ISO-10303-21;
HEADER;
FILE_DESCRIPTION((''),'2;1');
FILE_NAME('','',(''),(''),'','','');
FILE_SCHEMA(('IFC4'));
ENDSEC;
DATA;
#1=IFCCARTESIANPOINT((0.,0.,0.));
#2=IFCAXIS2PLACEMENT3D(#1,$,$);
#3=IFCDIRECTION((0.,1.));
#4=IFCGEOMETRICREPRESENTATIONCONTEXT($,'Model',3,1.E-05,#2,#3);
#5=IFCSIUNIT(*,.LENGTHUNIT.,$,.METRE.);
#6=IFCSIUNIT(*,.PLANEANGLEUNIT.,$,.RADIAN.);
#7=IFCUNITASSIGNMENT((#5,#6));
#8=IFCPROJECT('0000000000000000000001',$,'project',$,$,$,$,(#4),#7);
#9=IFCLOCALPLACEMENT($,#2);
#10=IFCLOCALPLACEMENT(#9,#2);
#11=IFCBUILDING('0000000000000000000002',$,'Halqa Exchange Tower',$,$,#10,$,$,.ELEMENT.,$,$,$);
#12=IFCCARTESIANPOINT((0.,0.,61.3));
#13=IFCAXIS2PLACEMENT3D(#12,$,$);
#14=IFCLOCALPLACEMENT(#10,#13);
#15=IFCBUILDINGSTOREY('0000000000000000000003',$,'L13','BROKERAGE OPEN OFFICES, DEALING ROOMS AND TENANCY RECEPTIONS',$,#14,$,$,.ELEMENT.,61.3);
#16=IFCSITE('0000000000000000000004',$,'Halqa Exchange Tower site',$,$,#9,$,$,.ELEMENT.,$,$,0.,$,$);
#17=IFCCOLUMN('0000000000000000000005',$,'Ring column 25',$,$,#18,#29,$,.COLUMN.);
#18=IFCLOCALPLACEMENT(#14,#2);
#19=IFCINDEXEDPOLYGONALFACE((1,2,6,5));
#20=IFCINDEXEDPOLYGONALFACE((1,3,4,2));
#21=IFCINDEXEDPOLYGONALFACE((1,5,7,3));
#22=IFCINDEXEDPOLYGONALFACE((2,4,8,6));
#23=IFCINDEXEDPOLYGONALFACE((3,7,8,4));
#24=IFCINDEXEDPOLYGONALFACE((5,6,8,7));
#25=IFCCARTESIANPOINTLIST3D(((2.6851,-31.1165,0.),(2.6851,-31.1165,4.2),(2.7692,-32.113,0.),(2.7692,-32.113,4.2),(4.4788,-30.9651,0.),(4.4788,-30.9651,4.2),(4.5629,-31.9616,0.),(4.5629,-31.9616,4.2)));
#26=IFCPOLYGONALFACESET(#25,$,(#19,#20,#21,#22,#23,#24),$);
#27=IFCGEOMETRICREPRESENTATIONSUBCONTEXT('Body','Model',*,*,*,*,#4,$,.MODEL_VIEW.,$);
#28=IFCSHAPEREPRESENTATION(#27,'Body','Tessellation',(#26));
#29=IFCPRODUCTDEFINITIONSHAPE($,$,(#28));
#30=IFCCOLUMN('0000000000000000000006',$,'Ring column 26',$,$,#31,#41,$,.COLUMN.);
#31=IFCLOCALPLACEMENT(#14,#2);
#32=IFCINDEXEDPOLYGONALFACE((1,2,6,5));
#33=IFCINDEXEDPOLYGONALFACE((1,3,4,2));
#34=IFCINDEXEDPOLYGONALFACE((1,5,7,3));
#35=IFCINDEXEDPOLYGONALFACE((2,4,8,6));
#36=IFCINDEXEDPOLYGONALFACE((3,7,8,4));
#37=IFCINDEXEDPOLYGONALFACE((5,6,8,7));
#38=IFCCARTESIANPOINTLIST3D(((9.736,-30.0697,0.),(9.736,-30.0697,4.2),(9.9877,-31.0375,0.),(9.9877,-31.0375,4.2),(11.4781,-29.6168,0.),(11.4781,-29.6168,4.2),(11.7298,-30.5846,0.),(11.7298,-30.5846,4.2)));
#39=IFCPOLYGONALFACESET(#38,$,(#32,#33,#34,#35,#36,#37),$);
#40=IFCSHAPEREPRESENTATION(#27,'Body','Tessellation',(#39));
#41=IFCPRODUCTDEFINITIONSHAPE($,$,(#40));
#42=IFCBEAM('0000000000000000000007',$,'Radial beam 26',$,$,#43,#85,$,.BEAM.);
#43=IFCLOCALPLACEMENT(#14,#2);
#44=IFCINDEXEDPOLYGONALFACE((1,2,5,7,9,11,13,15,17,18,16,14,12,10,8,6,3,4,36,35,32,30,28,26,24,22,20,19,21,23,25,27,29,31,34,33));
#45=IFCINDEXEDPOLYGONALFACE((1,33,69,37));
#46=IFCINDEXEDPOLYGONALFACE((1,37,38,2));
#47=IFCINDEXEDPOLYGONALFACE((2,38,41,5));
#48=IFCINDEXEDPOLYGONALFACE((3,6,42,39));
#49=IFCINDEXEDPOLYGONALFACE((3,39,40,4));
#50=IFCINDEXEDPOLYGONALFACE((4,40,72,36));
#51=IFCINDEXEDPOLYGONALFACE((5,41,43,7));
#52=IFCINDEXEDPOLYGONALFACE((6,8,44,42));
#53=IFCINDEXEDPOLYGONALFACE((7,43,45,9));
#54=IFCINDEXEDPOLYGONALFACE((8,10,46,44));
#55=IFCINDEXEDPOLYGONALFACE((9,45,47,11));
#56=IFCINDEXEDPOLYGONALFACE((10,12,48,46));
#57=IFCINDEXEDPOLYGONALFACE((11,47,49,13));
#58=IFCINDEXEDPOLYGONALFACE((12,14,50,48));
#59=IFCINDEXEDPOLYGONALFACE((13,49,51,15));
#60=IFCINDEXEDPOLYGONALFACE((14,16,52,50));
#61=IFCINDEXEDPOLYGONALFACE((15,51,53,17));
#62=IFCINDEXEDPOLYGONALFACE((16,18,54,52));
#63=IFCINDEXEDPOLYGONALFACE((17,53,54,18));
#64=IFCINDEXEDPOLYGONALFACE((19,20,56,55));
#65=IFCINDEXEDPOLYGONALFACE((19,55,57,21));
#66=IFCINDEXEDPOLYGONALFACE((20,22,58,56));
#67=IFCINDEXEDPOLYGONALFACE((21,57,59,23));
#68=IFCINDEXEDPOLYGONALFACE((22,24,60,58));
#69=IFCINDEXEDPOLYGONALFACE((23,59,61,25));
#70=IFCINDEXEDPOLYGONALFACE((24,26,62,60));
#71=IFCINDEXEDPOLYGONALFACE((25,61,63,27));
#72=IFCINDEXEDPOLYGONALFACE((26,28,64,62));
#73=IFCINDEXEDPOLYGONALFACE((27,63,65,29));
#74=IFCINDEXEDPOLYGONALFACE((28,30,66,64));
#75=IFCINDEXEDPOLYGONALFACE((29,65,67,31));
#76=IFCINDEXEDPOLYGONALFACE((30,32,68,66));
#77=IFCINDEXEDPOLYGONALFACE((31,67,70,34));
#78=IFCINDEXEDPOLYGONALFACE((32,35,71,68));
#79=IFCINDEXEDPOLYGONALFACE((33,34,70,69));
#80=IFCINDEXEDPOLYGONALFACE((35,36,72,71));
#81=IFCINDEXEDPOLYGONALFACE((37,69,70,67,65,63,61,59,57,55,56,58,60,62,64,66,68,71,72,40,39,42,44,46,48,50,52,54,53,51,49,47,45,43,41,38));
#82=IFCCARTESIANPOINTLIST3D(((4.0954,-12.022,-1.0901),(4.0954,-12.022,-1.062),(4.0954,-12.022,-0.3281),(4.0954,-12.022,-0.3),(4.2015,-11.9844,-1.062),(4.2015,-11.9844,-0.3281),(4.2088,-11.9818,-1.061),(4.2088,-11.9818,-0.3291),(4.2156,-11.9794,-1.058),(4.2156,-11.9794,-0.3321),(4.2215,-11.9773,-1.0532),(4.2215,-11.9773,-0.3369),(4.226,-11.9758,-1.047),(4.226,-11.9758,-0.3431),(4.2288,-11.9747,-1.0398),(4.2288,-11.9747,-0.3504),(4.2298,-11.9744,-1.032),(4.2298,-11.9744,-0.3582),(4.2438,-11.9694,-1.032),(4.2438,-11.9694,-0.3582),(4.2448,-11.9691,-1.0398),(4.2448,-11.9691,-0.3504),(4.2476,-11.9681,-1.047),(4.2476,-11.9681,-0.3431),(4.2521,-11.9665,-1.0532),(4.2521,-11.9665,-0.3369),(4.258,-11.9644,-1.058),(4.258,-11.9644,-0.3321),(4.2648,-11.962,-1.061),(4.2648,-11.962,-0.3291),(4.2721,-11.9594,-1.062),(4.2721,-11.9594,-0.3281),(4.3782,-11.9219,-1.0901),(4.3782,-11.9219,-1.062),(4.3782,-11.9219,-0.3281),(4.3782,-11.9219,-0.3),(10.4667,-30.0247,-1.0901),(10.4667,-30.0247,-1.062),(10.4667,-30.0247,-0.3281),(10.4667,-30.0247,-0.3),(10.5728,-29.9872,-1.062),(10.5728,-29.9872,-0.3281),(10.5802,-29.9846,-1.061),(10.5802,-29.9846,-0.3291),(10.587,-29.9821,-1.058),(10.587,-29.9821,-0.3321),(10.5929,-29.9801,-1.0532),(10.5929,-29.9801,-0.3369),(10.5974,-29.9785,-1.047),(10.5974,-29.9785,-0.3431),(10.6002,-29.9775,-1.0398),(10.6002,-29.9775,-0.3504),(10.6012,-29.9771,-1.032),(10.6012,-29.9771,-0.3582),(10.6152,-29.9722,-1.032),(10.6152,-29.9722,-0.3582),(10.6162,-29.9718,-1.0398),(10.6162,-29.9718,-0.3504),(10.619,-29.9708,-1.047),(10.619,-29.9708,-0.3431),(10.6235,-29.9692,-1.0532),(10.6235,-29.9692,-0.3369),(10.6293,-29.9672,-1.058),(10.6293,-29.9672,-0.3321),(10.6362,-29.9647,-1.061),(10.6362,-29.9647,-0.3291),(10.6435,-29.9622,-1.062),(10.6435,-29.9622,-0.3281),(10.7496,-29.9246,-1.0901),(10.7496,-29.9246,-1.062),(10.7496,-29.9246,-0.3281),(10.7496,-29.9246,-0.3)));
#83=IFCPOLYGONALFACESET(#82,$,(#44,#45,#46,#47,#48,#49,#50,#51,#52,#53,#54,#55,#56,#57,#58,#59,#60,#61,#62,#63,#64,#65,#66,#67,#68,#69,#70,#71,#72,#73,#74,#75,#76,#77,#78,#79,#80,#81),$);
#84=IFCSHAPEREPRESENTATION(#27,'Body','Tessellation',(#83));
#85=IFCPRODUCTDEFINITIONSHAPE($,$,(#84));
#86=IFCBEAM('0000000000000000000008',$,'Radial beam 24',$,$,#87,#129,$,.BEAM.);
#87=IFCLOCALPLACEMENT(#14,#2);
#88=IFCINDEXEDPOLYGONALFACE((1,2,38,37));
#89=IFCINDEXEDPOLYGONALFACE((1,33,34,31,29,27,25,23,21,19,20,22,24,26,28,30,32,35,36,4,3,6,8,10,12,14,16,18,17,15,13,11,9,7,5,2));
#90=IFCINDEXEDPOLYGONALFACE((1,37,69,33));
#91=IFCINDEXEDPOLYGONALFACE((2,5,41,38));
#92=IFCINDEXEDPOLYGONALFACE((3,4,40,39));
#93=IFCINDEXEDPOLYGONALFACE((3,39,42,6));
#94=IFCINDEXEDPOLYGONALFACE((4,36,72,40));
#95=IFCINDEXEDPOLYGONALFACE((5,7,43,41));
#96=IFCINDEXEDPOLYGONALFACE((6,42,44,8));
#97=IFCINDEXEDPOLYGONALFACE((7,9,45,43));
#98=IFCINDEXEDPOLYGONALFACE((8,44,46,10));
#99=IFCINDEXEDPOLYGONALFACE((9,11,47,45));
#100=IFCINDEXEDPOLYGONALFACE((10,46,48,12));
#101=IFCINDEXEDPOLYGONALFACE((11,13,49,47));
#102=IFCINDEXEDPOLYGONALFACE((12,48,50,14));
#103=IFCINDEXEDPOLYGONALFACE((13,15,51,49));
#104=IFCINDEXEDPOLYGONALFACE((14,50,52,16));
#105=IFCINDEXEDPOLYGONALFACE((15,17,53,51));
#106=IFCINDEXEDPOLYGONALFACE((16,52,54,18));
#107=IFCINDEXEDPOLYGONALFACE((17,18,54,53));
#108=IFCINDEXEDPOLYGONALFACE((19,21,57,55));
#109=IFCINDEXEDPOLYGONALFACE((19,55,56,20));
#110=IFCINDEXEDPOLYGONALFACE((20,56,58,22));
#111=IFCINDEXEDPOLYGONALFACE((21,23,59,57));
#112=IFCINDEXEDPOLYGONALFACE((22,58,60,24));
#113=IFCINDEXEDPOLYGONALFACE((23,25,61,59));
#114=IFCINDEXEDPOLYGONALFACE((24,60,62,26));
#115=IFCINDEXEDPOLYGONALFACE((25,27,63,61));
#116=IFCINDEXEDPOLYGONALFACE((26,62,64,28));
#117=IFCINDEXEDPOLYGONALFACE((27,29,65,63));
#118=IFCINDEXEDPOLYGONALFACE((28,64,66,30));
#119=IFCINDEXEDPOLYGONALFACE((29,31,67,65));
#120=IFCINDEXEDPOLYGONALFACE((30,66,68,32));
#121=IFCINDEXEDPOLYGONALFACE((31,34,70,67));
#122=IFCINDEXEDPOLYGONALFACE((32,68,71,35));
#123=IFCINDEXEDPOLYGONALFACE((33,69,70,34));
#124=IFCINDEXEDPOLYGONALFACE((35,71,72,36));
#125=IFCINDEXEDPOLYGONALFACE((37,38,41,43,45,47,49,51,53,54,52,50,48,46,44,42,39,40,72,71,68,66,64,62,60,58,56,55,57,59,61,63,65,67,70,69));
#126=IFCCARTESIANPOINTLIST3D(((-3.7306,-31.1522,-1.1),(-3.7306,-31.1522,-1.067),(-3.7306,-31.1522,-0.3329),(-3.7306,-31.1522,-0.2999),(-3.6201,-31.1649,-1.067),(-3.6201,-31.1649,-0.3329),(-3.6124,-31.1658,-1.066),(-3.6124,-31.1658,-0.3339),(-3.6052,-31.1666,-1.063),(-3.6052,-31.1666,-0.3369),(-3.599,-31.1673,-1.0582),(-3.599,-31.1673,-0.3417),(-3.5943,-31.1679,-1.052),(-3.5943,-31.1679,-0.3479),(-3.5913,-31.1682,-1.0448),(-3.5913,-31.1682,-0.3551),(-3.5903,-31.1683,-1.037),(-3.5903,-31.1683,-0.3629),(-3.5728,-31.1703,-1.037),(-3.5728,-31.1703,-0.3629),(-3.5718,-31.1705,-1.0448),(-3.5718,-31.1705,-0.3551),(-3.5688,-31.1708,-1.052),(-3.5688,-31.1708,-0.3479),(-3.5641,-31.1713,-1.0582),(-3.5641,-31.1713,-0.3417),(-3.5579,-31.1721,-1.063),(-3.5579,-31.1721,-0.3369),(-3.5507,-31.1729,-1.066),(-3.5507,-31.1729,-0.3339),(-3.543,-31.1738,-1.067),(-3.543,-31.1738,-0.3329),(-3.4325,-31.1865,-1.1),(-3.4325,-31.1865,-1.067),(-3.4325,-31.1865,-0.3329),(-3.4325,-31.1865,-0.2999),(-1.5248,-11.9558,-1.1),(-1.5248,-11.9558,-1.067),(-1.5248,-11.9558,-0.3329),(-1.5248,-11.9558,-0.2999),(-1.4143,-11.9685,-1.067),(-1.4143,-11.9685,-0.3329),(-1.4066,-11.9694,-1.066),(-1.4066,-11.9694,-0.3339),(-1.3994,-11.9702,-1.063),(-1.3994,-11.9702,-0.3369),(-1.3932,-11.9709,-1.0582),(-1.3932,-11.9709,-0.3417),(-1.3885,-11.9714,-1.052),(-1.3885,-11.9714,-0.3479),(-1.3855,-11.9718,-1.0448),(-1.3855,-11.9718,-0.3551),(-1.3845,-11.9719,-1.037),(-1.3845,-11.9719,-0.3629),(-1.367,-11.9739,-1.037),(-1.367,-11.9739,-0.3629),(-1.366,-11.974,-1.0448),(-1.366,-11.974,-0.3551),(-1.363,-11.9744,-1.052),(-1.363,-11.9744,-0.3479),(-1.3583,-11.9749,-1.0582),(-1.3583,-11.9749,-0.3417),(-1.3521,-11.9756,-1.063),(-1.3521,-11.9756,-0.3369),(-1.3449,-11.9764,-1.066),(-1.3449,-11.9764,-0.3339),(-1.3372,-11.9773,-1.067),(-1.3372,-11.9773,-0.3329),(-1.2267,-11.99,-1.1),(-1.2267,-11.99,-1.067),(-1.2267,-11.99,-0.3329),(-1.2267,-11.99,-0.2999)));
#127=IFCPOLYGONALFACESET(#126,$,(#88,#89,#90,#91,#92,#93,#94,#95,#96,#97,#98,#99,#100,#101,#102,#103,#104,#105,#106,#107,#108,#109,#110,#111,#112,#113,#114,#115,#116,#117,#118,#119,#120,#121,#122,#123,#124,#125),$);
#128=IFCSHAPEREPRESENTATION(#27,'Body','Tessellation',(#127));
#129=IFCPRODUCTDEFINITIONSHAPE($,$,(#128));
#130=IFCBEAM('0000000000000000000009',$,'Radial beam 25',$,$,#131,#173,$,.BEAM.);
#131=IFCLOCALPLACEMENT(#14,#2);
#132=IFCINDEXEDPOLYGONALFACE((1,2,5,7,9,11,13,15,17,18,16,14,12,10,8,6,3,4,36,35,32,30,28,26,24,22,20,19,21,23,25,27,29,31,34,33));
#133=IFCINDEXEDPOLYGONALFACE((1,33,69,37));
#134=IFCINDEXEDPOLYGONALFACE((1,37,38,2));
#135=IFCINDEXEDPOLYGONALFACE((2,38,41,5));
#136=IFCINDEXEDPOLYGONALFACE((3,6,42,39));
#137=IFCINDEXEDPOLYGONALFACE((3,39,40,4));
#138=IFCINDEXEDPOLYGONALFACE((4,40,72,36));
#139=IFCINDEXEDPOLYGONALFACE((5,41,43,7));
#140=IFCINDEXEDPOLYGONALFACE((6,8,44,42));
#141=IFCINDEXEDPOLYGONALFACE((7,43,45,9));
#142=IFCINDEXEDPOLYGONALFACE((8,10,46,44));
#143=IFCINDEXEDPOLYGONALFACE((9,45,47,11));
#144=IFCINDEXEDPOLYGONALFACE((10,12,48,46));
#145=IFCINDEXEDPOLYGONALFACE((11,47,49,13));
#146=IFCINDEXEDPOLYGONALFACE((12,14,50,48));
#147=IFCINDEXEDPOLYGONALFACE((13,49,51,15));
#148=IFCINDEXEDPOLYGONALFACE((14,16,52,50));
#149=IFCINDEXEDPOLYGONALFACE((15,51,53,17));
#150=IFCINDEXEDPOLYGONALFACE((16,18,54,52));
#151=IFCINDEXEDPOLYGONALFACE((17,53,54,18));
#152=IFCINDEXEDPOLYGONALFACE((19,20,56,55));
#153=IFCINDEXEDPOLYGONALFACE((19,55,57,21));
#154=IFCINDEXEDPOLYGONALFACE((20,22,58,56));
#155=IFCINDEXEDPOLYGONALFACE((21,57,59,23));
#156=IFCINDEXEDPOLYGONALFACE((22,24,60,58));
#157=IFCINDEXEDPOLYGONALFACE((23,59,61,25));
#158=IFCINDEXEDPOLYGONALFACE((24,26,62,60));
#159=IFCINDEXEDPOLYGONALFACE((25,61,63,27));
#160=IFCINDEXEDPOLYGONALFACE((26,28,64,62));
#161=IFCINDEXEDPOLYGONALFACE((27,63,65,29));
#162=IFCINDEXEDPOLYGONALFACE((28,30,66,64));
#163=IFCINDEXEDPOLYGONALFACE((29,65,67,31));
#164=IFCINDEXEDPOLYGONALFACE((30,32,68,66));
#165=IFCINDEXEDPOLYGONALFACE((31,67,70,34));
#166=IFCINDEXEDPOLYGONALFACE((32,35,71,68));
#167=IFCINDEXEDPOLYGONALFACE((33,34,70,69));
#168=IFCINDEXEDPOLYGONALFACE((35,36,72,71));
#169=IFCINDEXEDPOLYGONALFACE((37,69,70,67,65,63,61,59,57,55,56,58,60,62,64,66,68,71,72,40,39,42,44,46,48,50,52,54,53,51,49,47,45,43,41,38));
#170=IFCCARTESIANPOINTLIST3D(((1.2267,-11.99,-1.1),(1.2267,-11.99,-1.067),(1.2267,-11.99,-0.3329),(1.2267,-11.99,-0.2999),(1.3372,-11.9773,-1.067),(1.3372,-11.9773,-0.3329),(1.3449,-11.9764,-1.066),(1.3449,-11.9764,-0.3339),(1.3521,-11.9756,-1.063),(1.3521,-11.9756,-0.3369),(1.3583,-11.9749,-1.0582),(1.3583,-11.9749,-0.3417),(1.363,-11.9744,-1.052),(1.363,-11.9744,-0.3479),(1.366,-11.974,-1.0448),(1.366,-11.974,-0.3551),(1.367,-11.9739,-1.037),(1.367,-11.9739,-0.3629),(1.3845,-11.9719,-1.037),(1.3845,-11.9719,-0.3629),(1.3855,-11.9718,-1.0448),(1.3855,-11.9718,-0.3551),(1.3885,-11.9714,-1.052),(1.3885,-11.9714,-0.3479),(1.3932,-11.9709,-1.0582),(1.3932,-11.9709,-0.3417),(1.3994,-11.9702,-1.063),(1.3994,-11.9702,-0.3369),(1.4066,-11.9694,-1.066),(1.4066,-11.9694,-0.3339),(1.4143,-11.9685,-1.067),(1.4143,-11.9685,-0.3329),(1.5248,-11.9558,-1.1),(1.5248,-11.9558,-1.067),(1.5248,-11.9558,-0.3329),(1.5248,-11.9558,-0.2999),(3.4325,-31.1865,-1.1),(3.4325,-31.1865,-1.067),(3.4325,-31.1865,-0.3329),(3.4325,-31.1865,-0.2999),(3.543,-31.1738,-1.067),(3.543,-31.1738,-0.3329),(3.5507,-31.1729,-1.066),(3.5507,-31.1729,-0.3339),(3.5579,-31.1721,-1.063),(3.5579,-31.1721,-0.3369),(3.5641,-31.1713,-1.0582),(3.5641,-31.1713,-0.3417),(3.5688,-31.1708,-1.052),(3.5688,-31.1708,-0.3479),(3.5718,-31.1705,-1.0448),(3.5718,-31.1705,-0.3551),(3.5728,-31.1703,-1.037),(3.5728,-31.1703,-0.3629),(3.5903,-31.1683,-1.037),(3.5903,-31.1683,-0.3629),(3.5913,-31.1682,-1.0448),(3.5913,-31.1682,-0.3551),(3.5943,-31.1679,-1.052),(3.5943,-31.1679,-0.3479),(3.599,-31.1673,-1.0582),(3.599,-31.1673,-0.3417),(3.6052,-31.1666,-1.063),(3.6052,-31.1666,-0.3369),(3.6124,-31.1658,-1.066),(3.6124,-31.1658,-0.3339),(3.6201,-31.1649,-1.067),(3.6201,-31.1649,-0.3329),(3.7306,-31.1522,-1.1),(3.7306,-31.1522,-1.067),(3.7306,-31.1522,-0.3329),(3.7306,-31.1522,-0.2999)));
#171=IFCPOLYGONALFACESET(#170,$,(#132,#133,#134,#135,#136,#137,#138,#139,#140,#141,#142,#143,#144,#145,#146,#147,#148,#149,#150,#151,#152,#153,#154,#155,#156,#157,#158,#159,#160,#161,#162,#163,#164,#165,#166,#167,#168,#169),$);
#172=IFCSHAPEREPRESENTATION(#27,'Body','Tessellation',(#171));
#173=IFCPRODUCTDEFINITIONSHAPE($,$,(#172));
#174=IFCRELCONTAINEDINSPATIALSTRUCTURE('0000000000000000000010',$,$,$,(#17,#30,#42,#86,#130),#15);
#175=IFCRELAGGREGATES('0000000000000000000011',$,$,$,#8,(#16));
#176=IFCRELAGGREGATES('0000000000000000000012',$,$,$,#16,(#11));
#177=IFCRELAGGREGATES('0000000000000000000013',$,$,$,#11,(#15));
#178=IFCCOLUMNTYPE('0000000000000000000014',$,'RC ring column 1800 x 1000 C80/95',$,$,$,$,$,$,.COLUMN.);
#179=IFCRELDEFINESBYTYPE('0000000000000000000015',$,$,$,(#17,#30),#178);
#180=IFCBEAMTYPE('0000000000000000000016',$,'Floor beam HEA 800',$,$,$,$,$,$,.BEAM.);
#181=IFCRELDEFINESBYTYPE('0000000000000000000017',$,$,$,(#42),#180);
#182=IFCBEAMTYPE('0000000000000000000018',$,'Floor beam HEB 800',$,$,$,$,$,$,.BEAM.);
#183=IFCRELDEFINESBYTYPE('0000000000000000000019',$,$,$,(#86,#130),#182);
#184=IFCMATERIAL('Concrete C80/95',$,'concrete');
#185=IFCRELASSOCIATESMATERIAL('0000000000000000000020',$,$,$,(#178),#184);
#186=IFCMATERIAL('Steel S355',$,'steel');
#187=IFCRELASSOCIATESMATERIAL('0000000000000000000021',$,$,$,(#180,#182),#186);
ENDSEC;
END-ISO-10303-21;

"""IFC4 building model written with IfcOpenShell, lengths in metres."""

from ifc_helpers import new_model, si_unit, direction, frame, origin, origin_2d, place, context, subcontext, project, spatial, rectangle, i_section, extrude, material, material_profile, profile_set, type_object, element, save


model = new_model("IFC4")

# Units and contexts
model_context = context("Model", 3, precision=1e-05, world=origin(), true_north=direction((0.0, 1.0)))
body_context = subcontext(model_context, "Body", "Model", "MODEL_VIEW")
ifc_project = project(units=[si_unit("LENGTHUNIT", "METRE"), si_unit("PLANEANGLEUNIT", "RADIAN")], contexts=[model_context])

# Site, building, storey
site_placement = place(None, origin())
site = spatial("IfcSite", under=ifc_project, at=site_placement, Name="Halqa Exchange Tower site", CompositionType="ELEMENT", RefElevation=0.0)
building_placement = place(site_placement, origin())
building = spatial("IfcBuilding", under=site, at=building_placement, Name="Halqa Exchange Tower", CompositionType="ELEMENT")
storey_placement = place(building_placement, frame((0.0, 0.0, 61.3)))
storey = spatial("IfcBuildingStorey", under=building, at=storey_placement, Name="L13", Description="BROKERAGE OPEN OFFICES, DEALING ROOMS AND TENANCY RECEPTIONS", CompositionType="ELEMENT", Elevation=61.3)

# Columns
ifc_material_1 = material(Name="Concrete C80/95", Category="concrete")
ifc_material_profile_1 = material_profile(ifc_material_1, rectangle(XDim=1.8, YDim=1.0, at=origin_2d()), Name="1800 x 1000")
ifc_profile_set_1 = profile_set([ifc_material_profile_1], Name="Concrete C80/95")
column_type = type_object("IfcColumnType", Name="RC ring column 1800 x 1000 C80/95", PredefinedType="COLUMN", material=ifc_profile_set_1)
for number, where, z_axis, x_axis, name in (
    (1, (3.624, -31.5391, 0.0), (0.0, 0.0, 1.0), (0.996456, 0.08412, 0.0), "Ring column 25"),
    (2, (10.7329, -30.3271, 0.0), (0.0, 0.0, 1.0), (0.96782, 0.251644, 0.0), "Ring column 26"),
):
    element("IfcColumn", number, at=place(storey_placement, frame(where, z_axis=z_axis, x_axis=x_axis)), inside=storey, type_object=column_type, Name=name, PredefinedType="COLUMN", context=body_context, shape_type="SweptSolid", body=[
        extrude(rectangle(XDim=1.8, YDim=1.0, at=origin_2d()), origin(), (0.0, 0.0, 1.0), 4.2),
    ])

# Beams
ifc_material_2 = material(Name="Steel S355", Category="steel")
ifc_material_profile_2 = material_profile(ifc_material_2, i_section(OverallWidth=0.3, OverallDepth=0.79, WebThickness=0.0149, FlangeThickness=0.0281, FilletRadius=0.03, at=origin_2d()), Name="HEA 800")
ifc_profile_set_2 = profile_set([ifc_material_profile_2], Name="Steel S355")
beam_type_1 = type_object("IfcBeamType", Name="Floor beam HEA 800", PredefinedType="BEAM", material=ifc_profile_set_2)
beam_1_placement = place(storey_placement, frame((4.2368, -11.9719, -0.6951), z_axis=(0.333632, -0.942703, 0.0), x_axis=(0.942703, 0.333632, 0.0)))
element("IfcBeam", 3, at=beam_1_placement, inside=storey, type_object=beam_type_1, Name="Radial beam 26", PredefinedType="BEAM", context=body_context, shape_type="SweptSolid", body=[
    extrude(i_section(OverallWidth=0.3, OverallDepth=0.79, WebThickness=0.0149, FlangeThickness=0.0281, FilletRadius=0.03, at=origin_2d()), origin(), (0.0, 0.0, 1.0), 19.0969),
])
ifc_material_profile_3 = material_profile(ifc_material_2, i_section(OverallWidth=0.3, OverallDepth=0.8, WebThickness=0.0176, FlangeThickness=0.033, FilletRadius=0.03, at=origin_2d()), Name="HEB 800")
ifc_profile_set_3 = profile_set([ifc_material_profile_3], Name="Steel S355")
beam_type_2 = type_object("IfcBeamType", Name="Floor beam HEB 800", PredefinedType="BEAM", material=ifc_profile_set_3)
for number, where, z_axis, x_axis, name in (
    (4, (-1.3757, -11.9729, -0.7), (-0.114156, -0.993463, 0.0), (0.993463, -0.114156, 0.0), "Radial beam 24"),
    (5, (1.3757, -11.9729, -0.7), (0.114156, -0.993463, 0.0), (0.993463, 0.114156, 0.0), "Radial beam 25"),
):
    element("IfcBeam", number, at=place(storey_placement, frame(where, z_axis=z_axis, x_axis=x_axis)), inside=storey, type_object=beam_type_2, Name=name, PredefinedType="BEAM", context=body_context, shape_type="SweptSolid", body=[
        extrude(i_section(OverallWidth=0.3, OverallDepth=0.8, WebThickness=0.0176, FlangeThickness=0.033, FilletRadius=0.03, at=origin_2d()), origin(), (0.0, 0.0, 1.0), 19.3228),
    ])

save(model, "model.ifc")
